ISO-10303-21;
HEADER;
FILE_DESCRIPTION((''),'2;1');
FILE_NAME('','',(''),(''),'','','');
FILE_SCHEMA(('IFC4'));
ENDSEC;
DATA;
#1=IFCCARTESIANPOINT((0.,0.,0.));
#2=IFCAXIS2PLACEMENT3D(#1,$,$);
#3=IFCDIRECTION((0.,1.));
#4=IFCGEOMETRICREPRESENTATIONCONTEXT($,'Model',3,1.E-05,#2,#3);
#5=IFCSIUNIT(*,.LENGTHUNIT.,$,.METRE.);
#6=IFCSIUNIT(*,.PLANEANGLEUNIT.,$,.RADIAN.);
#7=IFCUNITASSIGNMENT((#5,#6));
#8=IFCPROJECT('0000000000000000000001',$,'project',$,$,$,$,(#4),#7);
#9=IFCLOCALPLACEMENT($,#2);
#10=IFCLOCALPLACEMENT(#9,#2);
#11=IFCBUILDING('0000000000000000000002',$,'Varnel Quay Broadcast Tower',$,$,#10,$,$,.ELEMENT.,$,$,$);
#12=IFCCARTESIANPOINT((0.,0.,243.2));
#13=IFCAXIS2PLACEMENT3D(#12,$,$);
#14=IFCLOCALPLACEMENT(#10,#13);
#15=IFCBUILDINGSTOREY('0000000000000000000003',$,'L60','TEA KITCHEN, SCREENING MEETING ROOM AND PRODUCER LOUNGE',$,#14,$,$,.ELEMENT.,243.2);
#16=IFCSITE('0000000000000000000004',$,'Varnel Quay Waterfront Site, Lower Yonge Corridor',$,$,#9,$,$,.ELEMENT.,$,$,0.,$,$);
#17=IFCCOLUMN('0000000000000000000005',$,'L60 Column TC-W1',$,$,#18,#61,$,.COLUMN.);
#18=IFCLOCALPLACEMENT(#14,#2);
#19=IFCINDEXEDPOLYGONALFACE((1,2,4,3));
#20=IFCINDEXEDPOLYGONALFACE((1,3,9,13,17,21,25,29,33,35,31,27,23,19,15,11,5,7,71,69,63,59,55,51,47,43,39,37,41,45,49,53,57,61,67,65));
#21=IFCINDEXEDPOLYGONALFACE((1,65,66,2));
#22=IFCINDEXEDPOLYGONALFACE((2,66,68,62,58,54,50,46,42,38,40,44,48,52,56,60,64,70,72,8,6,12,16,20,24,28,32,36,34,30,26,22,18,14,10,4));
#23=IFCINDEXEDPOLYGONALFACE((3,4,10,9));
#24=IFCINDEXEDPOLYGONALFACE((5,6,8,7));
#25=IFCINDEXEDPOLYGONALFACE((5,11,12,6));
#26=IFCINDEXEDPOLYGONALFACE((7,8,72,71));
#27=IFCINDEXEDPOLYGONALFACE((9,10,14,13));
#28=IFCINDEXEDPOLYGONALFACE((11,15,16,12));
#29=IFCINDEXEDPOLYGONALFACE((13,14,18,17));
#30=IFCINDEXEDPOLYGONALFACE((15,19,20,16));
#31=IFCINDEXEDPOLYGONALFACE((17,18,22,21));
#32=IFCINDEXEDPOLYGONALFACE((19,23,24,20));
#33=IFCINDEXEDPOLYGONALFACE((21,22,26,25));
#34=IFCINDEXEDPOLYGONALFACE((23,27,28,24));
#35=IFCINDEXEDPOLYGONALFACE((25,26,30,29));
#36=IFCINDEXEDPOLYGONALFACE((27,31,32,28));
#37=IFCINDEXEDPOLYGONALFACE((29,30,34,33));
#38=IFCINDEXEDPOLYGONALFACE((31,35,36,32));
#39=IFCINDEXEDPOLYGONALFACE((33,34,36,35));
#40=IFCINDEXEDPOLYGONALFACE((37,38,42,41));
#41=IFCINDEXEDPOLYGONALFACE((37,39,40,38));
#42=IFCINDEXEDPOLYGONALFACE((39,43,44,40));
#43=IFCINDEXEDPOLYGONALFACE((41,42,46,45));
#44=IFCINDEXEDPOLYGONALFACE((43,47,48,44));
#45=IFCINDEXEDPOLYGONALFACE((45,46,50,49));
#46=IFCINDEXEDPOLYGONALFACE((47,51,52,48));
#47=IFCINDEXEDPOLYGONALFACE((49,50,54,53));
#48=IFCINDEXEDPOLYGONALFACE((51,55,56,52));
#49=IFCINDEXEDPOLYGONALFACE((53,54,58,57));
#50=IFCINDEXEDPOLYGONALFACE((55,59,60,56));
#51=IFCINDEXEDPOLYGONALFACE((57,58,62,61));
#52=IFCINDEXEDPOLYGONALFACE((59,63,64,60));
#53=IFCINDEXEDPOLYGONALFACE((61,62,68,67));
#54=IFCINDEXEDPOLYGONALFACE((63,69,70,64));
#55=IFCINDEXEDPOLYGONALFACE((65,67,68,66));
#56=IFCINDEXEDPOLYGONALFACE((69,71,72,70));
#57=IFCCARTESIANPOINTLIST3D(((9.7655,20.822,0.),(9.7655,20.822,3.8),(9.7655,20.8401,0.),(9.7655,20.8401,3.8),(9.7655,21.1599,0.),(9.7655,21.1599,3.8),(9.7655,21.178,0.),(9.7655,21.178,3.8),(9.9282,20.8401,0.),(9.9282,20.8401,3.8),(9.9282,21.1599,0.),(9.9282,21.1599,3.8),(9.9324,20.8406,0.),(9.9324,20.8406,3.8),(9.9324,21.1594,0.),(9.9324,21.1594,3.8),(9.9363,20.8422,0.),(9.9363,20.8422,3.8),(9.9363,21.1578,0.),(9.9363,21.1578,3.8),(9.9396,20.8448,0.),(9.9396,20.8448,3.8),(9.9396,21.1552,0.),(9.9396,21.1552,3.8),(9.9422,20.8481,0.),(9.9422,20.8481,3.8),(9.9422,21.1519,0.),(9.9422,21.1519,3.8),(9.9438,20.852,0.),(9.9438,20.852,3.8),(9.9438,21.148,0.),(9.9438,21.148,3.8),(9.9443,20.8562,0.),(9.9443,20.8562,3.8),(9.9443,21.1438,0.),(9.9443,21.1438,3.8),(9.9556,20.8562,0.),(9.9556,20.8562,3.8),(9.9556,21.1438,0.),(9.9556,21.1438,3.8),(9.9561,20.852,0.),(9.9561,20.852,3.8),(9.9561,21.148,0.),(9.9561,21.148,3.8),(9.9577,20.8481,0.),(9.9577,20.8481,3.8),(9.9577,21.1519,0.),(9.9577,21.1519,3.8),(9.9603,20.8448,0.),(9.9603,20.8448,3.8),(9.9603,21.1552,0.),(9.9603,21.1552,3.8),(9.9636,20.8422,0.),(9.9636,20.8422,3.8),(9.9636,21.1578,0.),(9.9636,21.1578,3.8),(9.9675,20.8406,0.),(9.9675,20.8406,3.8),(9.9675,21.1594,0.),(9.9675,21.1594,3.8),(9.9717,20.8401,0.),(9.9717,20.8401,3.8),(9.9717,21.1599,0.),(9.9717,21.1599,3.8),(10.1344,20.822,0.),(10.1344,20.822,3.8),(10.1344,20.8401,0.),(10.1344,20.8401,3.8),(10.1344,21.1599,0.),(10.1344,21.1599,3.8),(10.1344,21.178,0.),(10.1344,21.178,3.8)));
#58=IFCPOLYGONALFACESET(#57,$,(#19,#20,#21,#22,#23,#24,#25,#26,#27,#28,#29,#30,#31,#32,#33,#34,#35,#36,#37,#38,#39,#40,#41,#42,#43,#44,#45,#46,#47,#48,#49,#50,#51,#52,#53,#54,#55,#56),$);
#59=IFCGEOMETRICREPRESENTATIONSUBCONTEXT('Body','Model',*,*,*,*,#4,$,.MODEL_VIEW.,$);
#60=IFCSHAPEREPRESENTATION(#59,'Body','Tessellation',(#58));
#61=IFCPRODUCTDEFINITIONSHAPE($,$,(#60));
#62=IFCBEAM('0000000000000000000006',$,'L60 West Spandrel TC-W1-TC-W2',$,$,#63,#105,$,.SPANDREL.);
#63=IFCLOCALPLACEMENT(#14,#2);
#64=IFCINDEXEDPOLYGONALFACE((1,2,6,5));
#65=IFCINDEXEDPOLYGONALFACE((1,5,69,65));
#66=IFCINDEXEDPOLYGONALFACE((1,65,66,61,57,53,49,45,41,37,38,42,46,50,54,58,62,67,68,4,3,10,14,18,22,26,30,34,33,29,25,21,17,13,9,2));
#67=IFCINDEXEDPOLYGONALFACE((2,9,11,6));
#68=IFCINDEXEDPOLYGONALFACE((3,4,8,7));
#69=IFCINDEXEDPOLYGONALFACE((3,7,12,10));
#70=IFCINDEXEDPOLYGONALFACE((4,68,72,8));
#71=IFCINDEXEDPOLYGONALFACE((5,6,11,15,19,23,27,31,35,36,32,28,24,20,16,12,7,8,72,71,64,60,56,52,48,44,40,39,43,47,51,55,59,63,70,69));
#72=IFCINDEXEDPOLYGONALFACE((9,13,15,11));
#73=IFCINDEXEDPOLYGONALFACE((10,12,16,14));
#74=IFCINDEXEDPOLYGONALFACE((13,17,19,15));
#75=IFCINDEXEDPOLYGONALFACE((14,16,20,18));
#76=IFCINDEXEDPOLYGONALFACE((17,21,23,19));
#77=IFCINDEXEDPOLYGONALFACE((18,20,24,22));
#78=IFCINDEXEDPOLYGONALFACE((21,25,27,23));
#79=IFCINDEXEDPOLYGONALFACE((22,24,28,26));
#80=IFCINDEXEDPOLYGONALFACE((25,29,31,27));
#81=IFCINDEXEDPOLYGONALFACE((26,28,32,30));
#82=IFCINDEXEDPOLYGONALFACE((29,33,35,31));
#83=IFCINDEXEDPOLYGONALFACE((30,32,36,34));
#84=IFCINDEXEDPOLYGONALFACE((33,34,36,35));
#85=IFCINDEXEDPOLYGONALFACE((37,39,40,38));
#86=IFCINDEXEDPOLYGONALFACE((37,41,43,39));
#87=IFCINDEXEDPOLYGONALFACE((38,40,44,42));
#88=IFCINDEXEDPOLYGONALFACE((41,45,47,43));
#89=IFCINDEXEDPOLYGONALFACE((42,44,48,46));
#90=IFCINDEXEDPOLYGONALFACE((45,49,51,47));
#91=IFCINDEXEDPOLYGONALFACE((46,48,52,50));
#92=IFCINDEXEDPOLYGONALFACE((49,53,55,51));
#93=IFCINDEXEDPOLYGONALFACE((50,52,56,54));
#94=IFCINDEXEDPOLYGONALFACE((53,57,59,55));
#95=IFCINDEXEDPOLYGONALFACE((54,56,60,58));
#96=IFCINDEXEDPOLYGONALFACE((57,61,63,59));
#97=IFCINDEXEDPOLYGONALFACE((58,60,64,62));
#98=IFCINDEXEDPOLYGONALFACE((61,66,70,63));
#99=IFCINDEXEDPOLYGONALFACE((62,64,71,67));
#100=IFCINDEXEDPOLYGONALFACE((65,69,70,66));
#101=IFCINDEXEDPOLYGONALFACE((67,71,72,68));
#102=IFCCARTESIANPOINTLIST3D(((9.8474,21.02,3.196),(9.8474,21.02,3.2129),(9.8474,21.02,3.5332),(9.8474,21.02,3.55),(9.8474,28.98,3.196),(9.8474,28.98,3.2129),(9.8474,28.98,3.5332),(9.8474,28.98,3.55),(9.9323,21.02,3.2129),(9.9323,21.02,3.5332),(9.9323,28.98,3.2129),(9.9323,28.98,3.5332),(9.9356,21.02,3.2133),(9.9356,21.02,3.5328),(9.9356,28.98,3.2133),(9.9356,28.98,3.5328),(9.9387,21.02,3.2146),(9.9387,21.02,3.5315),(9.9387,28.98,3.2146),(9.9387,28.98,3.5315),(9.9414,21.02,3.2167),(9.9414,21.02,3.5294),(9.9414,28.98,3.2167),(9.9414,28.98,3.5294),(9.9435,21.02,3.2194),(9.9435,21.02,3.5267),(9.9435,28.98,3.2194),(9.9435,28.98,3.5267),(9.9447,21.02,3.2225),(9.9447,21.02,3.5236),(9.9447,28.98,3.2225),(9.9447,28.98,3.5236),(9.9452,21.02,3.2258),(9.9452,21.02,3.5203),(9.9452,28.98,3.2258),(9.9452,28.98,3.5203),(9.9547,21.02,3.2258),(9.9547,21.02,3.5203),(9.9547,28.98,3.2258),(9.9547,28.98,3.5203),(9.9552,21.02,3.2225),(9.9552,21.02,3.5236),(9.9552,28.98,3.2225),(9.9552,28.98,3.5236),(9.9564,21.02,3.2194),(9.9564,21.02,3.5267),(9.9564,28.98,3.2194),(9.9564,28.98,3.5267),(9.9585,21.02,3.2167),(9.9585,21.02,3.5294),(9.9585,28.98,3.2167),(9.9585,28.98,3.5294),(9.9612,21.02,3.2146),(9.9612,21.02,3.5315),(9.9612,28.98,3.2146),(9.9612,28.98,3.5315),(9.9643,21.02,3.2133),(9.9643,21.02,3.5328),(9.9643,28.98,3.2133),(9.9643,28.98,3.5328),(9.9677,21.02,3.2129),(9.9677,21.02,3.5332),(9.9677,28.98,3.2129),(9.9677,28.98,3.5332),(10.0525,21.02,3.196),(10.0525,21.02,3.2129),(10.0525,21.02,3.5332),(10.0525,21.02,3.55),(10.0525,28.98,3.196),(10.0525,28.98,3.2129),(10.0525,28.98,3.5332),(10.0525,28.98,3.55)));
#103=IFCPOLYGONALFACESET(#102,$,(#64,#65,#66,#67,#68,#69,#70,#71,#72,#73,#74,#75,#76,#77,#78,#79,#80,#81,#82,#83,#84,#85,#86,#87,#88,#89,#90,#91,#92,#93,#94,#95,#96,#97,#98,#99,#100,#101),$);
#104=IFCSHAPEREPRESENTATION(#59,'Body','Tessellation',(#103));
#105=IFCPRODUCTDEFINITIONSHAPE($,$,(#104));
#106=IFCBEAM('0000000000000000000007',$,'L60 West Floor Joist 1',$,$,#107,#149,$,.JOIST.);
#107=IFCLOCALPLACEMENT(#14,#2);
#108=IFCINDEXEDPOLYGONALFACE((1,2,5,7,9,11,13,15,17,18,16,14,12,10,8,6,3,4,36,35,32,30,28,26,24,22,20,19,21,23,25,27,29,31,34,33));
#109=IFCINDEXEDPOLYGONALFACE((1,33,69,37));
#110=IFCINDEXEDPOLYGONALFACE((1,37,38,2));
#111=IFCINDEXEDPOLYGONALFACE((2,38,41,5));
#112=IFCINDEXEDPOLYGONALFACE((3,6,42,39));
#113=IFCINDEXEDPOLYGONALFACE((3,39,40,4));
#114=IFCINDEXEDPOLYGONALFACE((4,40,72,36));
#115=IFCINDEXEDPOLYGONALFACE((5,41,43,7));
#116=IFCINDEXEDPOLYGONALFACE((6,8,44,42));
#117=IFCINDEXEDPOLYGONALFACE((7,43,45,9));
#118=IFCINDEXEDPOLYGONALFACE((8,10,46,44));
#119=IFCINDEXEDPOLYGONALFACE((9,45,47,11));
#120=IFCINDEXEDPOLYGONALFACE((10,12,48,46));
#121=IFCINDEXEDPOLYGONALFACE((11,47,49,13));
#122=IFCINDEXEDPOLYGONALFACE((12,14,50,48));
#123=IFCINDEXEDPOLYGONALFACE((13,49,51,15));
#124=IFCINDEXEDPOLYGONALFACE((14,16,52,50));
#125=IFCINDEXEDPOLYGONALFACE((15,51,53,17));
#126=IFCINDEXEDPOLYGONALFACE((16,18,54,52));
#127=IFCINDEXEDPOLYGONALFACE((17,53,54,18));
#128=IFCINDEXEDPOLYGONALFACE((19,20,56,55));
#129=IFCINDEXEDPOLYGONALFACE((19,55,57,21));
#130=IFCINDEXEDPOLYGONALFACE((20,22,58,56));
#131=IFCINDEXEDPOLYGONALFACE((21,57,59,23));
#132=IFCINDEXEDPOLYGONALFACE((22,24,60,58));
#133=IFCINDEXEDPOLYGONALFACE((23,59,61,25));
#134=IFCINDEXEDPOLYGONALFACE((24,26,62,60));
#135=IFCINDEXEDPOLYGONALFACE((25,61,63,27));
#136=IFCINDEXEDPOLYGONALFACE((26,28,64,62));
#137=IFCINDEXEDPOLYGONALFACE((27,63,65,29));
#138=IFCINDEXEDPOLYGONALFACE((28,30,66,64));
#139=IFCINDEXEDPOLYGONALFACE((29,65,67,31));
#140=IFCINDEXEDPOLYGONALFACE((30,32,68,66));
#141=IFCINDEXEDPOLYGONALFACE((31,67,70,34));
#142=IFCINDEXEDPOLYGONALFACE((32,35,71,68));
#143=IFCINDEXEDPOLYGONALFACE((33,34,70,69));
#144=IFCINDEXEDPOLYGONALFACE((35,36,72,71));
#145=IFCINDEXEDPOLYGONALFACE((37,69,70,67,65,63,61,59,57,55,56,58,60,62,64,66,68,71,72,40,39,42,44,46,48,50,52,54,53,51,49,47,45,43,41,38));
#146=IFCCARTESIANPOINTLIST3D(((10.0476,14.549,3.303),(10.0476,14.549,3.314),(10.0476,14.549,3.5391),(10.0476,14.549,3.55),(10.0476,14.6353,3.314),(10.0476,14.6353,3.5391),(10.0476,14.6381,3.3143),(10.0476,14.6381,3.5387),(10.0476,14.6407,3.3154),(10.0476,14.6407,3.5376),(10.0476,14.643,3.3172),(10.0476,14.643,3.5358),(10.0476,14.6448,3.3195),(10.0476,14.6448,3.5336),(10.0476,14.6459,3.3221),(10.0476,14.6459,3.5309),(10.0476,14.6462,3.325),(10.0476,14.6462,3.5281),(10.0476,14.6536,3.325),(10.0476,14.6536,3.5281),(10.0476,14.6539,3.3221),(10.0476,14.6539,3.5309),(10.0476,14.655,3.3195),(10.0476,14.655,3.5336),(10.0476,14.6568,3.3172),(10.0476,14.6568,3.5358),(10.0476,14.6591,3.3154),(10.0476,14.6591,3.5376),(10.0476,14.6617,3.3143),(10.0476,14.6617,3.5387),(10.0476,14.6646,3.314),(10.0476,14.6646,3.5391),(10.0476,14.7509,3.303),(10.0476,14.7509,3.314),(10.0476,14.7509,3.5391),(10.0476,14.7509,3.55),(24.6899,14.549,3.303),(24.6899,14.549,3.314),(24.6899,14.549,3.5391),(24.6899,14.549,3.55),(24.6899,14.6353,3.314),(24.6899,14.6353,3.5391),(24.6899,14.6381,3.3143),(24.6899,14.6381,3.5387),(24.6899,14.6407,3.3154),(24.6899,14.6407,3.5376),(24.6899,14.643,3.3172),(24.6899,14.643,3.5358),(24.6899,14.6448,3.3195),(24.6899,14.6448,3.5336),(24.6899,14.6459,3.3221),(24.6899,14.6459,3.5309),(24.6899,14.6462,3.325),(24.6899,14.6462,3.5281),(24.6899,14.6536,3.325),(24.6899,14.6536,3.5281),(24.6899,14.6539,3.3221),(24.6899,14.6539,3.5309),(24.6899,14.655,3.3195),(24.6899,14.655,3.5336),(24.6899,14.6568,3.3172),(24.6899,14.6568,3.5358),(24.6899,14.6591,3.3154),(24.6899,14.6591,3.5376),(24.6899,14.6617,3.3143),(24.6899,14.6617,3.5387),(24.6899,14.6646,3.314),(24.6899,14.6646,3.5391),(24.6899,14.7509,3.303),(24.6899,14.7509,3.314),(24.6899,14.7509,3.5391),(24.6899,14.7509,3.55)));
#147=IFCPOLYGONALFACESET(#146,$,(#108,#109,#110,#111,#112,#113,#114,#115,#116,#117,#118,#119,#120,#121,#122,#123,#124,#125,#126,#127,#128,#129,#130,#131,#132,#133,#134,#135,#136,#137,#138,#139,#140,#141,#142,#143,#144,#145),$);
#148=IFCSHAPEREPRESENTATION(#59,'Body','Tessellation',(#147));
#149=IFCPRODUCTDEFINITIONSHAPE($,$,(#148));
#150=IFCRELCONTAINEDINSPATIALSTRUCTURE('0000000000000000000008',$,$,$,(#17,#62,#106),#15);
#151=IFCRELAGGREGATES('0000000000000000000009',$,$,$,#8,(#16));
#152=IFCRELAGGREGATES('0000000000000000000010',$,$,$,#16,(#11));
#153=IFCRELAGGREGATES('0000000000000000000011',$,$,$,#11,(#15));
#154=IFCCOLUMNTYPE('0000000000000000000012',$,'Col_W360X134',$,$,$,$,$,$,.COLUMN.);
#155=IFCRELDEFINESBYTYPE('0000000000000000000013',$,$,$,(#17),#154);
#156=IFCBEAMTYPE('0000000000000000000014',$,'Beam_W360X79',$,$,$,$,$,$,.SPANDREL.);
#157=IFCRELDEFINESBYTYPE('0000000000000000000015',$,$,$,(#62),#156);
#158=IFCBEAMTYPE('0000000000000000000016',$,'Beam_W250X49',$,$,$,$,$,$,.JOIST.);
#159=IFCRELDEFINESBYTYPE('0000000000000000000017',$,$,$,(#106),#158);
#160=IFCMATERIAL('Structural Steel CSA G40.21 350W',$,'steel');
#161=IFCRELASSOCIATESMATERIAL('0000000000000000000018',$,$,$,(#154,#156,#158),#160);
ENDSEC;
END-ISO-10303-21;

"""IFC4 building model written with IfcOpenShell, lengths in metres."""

from ifc_helpers import new_model, si_unit, direction, frame, origin, origin_2d, place, context, subcontext, project, spatial, i_section, extrude, source, transform, mapped, material, material_profile, profile_set, type_object, type_shapes, element, save


model = new_model("IFC4")

# Units and contexts
model_context = context("Model", 3, precision=1e-05, world=origin(), true_north=direction((0.0, 1.0)))
body_context = subcontext(model_context, "Body", "Model", "MODEL_VIEW")
ifc_project = project(units=[si_unit("LENGTHUNIT", "METRE"), si_unit("PLANEANGLEUNIT", "RADIAN")], contexts=[model_context])

# Site, building, storey
site_placement = place(None, origin())
site = spatial("IfcSite", under=ifc_project, at=site_placement, Name="Varnel Quay Waterfront Site, Lower Yonge Corridor", CompositionType="ELEMENT", RefElevation=0.0)
building_placement = place(site_placement, origin())
building = spatial("IfcBuilding", under=site, at=building_placement, Name="Varnel Quay Broadcast Tower", CompositionType="ELEMENT")
storey_placement = place(building_placement, frame((0.0, 0.0, 243.2)))
storey = spatial("IfcBuildingStorey", under=building, at=storey_placement, Name="L60", Description="TEA KITCHEN, SCREENING MEETING ROOM AND PRODUCER LOUNGE", CompositionType="ELEMENT", Elevation=243.2)

# Column
ifc_material_1 = material(Name="Structural Steel CSA G40.21 350W", Category="steel")
ifc_material_profile_1 = material_profile(ifc_material_1, i_section(OverallWidth=0.3689, OverallDepth=0.356, WebThickness=0.0112, FlangeThickness=0.0181, FilletRadius=0.0161, at=origin_2d()), Name="W360X134")
ifc_profile_set_1 = profile_set([ifc_material_profile_1], Name="Structural Steel CSA G40.21 350W")
column_type = type_object("IfcColumnType", Name="Col_W360X134", PredefinedType="COLUMN", material=ifc_profile_set_1)
shared_shape_1 = source(origin(), body_context, "Body", "SweptSolid", [
    extrude(i_section(OverallWidth=0.3689, OverallDepth=0.356, WebThickness=0.0112, FlangeThickness=0.0181, FilletRadius=0.0161, at=origin_2d()), origin(), (0.0, 0.0, 1.0), 3.8),
])
type_shapes(column_type, [shared_shape_1])
column_placement = place(storey_placement, frame((9.95, 21.0, 0.0), z_axis=(0.0, 0.0, 1.0), x_axis=(1.0, 0.0, 0.0)))
element("IfcColumn", 1, at=column_placement, inside=storey, type_object=column_type, Name="L60 Column TC-W1", PredefinedType="COLUMN", context=body_context, shape_type="MappedRepresentation", body=[
    mapped(shared_shape_1, transform((0.0, 0.0, 0.0), x_axis=(1.0, 0.0, 0.0), y_axis=(0.0, 1.0, 0.0), z_axis=(0.0, 0.0, 1.0), scale=1.0)),
])

# Beams
ifc_material_profile_2 = material_profile(ifc_material_1, i_section(OverallWidth=0.2051, OverallDepth=0.354, WebThickness=0.0095, FlangeThickness=0.0168, FilletRadius=0.0129, at=origin_2d()), Name="W360X79")
ifc_profile_set_2 = profile_set([ifc_material_profile_2], Name="Structural Steel CSA G40.21 350W")
beam_type_1 = type_object("IfcBeamType", Name="Beam_W360X79", PredefinedType="SPANDREL", material=ifc_profile_set_2)
shared_shape_2 = source(origin(), body_context, "Body", "SweptSolid", [
    extrude(i_section(OverallWidth=0.2051, OverallDepth=0.354, WebThickness=0.0095, FlangeThickness=0.0168, FilletRadius=0.0129, at=origin_2d()), origin(), (0.0, 0.0, 1.0), 7.96),
])
type_shapes(beam_type_1, [shared_shape_2])
beam_1_placement = place(storey_placement, frame((9.95, 21.02, 3.373), z_axis=(0.0, 1.0, 0.0), x_axis=(-1.0, 0.0, 0.0)))
element("IfcBeam", 2, at=beam_1_placement, inside=storey, type_object=beam_type_1, Name="L60 West Spandrel TC-W1-TC-W2", PredefinedType="SPANDREL", context=body_context, shape_type="MappedRepresentation", body=[
    mapped(shared_shape_2, transform((0.0, 0.0, 0.0), x_axis=(1.0, 0.0, 0.0), y_axis=(0.0, 1.0, 0.0), z_axis=(0.0, 0.0, 1.0), scale=1.0)),
])
ifc_material_profile_3 = material_profile(ifc_material_1, i_section(OverallWidth=0.2019, OverallDepth=0.2471, WebThickness=0.0073, FlangeThickness=0.011, FilletRadius=0.011, at=origin_2d()), Name="W250X49")
ifc_profile_set_3 = profile_set([ifc_material_profile_3], Name="Structural Steel CSA G40.21 350W")
beam_type_2 = type_object("IfcBeamType", Name="Beam_W250X49", PredefinedType="JOIST", material=ifc_profile_set_3)
shared_shape_3 = source(origin(), body_context, "Body", "SweptSolid", [
    extrude(i_section(OverallWidth=0.2019, OverallDepth=0.2471, WebThickness=0.0073, FlangeThickness=0.011, FilletRadius=0.011, at=origin_2d()), origin(), (0.0, 0.0, 1.0), 14.6423),
])
type_shapes(beam_type_2, [shared_shape_3])
for number, where, z_axis, x_axis, name in (
    (3, (10.0476, 14.6499, 3.4265), (1.0, 0.0, 0.0), (0.0, 1.0, 0.0), "L60 West Floor Joist 1"),
):
    element("IfcBeam", number, at=place(storey_placement, frame(where, z_axis=z_axis, x_axis=x_axis)), inside=storey, type_object=beam_type_2, Name=name, PredefinedType="JOIST", context=body_context, shape_type="MappedRepresentation", body=[
        mapped(shared_shape_3, transform((0.0, 0.0, 0.0), x_axis=(1.0, 0.0, 0.0), y_axis=(0.0, 1.0, 0.0), z_axis=(0.0, 0.0, 1.0), scale=1.0)),
    ])

save(model, "model.ifc")
